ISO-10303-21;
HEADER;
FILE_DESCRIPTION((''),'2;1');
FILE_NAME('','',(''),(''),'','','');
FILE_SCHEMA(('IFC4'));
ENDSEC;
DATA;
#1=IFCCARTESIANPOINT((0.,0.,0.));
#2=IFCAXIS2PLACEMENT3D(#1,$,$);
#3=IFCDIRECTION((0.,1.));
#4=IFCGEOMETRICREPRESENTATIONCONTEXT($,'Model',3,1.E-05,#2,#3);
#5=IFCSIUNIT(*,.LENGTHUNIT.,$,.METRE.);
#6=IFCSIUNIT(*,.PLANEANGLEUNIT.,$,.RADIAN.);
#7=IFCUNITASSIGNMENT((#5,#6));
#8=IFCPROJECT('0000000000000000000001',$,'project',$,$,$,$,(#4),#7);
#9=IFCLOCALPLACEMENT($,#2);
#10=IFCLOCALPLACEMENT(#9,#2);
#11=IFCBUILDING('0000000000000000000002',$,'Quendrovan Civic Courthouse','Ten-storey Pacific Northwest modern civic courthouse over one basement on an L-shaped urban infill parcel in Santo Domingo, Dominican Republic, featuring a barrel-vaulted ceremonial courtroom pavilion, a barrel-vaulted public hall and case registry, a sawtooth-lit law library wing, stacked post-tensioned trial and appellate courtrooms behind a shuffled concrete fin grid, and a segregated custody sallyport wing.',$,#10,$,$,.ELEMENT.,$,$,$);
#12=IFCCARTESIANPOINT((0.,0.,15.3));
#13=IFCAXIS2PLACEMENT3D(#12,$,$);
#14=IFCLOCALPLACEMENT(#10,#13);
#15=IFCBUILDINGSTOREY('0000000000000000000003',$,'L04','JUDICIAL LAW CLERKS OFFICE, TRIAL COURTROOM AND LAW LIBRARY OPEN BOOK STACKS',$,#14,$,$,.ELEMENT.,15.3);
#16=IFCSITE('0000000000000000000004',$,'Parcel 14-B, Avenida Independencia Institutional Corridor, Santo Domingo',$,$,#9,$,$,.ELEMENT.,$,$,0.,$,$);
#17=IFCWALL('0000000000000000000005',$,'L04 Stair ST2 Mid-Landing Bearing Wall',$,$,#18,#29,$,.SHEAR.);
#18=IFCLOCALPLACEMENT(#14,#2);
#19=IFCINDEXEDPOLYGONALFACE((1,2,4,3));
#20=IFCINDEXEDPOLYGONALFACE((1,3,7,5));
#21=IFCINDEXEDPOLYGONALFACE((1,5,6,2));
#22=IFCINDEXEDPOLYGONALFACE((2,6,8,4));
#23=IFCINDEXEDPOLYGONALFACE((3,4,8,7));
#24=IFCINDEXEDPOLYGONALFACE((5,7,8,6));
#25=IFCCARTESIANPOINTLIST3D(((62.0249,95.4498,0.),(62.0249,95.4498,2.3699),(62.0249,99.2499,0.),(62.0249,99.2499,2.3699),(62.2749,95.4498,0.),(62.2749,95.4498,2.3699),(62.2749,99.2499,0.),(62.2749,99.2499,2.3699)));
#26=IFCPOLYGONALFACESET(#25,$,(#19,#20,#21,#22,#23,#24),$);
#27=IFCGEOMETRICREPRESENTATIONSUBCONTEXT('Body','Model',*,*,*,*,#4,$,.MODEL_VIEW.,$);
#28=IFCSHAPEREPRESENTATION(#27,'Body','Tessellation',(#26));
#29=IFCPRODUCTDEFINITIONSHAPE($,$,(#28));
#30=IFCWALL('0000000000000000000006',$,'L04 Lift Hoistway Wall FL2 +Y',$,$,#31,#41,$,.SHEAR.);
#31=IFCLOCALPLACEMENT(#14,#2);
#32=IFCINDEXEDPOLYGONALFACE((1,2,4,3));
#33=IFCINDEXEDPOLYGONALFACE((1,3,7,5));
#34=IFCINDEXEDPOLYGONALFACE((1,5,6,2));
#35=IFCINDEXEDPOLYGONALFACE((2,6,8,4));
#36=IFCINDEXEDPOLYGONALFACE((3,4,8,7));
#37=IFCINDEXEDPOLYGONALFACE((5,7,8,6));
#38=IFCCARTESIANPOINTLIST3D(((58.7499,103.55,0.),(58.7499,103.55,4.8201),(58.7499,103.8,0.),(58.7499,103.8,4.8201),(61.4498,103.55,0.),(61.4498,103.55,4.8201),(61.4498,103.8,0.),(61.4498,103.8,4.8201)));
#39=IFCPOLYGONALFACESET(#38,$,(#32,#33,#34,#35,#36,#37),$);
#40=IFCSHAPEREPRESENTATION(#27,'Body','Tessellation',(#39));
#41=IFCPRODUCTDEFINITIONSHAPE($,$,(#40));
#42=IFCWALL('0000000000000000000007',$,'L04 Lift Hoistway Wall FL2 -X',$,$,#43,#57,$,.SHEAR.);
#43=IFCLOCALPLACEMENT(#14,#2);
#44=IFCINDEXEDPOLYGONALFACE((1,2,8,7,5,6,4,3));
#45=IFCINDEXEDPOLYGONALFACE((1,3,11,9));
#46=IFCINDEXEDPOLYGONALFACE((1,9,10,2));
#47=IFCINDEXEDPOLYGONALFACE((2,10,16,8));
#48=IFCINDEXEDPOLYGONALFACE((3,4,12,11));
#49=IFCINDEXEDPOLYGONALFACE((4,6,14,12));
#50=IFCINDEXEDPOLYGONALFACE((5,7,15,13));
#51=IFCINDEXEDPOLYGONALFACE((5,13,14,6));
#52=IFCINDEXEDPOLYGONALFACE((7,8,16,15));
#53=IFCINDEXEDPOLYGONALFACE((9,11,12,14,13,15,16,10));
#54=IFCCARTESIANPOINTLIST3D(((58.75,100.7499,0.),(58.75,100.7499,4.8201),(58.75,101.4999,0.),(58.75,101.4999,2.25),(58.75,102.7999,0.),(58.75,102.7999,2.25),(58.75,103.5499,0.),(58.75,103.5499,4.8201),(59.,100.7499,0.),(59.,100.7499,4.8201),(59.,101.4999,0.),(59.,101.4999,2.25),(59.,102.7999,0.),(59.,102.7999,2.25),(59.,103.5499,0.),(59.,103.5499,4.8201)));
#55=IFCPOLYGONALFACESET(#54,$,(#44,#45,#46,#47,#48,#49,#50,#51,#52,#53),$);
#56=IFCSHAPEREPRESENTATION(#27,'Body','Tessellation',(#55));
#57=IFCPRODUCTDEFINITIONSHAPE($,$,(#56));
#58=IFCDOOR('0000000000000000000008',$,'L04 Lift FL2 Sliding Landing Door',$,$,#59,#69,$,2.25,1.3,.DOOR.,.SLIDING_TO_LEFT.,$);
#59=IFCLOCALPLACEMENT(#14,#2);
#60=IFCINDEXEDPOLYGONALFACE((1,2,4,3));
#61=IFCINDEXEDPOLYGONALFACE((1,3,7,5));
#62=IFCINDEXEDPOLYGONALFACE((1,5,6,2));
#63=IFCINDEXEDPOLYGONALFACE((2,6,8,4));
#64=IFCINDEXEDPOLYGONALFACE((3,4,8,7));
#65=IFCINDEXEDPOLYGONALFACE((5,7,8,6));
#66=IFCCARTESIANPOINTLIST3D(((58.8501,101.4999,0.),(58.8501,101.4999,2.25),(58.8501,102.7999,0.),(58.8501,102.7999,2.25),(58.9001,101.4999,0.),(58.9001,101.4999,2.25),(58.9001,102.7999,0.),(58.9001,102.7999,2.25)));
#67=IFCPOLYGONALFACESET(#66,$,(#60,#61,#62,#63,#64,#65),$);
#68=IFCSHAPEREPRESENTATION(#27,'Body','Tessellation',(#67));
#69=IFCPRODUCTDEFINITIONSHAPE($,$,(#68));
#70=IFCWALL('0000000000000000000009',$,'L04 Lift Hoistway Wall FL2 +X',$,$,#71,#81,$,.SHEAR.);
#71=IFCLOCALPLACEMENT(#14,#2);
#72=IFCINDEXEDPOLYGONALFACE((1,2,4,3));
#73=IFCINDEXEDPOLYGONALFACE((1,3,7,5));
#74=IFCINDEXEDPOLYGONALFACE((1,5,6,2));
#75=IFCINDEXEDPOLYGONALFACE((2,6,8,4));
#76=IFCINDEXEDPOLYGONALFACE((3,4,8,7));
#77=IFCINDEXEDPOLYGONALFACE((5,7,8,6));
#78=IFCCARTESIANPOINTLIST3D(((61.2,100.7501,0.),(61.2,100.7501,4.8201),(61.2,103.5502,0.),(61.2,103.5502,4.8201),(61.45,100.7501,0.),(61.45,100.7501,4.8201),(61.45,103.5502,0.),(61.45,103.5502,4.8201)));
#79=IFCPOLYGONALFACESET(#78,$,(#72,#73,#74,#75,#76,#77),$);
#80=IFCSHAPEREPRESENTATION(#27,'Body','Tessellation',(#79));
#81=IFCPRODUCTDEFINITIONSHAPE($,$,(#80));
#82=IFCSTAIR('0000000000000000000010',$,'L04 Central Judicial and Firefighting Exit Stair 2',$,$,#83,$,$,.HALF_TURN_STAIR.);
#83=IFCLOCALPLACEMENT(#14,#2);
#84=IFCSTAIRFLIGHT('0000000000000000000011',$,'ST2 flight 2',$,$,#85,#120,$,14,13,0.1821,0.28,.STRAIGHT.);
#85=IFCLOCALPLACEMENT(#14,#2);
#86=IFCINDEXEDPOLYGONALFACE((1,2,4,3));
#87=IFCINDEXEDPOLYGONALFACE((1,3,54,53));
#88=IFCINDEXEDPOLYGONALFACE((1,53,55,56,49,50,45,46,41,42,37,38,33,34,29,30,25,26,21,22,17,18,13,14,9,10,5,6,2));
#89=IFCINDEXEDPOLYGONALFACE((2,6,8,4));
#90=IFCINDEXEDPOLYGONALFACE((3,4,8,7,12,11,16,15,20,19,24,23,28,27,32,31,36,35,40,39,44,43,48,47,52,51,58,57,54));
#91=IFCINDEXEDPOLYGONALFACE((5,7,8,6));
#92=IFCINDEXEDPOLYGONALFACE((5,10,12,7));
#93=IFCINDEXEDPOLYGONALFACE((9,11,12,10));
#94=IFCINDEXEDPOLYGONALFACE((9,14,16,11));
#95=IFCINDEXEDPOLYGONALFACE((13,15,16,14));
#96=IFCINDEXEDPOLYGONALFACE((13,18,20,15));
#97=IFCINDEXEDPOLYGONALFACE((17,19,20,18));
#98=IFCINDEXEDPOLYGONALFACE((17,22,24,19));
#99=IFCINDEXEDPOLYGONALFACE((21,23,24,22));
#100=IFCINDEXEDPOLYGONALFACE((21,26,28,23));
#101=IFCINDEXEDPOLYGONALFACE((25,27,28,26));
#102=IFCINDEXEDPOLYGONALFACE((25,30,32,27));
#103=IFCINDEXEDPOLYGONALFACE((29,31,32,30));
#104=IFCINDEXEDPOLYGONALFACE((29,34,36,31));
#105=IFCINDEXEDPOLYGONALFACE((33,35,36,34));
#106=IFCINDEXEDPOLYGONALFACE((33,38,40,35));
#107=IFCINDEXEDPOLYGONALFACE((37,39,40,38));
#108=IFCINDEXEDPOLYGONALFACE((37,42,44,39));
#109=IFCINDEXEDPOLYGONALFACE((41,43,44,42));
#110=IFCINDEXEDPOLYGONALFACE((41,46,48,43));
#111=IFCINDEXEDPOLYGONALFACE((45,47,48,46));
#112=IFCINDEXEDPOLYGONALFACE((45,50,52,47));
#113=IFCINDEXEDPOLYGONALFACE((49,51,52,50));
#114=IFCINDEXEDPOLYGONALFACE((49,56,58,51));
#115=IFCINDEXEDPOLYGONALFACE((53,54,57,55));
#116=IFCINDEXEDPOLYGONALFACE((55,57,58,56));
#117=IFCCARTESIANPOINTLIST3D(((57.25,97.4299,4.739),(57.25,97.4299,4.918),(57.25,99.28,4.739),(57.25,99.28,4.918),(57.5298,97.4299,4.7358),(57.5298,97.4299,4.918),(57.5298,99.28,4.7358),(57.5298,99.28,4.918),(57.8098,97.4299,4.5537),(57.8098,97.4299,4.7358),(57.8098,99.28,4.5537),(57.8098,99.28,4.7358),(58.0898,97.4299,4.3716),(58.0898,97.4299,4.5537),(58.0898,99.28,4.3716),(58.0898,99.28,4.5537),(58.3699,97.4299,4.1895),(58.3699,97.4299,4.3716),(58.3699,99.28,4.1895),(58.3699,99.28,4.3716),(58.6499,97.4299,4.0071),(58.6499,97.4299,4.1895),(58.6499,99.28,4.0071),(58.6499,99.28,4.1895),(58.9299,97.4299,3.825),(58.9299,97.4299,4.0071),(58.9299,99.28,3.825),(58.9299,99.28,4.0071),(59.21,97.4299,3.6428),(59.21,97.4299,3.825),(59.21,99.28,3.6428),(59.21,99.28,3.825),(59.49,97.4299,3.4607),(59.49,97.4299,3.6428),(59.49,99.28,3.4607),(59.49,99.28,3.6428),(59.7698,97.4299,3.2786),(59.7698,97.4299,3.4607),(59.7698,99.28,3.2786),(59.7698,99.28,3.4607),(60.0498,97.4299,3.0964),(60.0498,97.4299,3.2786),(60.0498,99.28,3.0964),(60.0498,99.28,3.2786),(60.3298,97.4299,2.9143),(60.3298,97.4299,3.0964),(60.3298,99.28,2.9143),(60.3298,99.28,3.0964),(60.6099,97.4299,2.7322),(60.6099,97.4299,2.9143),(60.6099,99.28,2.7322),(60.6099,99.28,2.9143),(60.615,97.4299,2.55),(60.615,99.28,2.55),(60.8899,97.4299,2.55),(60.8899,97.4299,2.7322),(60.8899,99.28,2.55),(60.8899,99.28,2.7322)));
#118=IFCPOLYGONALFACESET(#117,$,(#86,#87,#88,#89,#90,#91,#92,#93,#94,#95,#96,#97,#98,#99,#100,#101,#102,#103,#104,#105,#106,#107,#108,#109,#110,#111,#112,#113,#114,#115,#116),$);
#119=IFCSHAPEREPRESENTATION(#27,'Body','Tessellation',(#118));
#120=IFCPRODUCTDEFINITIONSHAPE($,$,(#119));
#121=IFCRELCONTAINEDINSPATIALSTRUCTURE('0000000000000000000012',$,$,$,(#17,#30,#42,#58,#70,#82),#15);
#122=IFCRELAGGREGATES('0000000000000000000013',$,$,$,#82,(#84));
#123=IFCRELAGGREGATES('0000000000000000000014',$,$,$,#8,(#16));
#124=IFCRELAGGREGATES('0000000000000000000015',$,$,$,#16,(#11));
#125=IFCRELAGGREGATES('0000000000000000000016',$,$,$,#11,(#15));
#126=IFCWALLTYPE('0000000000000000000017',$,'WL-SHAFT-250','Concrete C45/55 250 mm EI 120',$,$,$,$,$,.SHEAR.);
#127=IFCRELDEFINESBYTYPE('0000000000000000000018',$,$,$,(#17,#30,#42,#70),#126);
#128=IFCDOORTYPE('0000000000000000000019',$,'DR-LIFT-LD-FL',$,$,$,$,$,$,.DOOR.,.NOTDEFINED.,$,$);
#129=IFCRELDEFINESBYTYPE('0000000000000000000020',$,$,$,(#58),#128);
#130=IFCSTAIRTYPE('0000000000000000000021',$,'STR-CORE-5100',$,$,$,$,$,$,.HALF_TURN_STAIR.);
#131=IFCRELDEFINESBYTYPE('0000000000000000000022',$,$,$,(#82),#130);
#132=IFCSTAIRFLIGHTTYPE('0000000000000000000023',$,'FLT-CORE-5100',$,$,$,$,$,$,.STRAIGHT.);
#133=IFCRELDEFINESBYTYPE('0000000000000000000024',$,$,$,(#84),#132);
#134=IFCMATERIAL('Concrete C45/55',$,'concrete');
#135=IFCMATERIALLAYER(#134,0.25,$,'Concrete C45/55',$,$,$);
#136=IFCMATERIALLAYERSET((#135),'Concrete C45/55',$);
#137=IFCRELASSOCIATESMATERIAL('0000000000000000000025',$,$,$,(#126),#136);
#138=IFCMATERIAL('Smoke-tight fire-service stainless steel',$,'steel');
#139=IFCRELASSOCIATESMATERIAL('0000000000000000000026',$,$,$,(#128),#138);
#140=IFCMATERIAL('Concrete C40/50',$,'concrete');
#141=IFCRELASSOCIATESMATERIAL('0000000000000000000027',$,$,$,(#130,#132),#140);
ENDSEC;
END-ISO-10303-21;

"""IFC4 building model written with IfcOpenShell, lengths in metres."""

from ifc_helpers import new_model, si_unit, direction, frame, frame_2d, origin, place, context, subcontext, project, spatial, polyline, rectangle, outline, extrude, material, layer, layer_set, type_object, element, fill, aggregate, save


model = new_model("IFC4")

# Units and contexts
model_context = context("Model", 3, precision=1e-05, world=origin(), true_north=direction((0.0, 1.0)))
body_context = subcontext(model_context, "Body", "Model", "MODEL_VIEW")
ifc_project = project(units=[si_unit("LENGTHUNIT", "METRE"), si_unit("PLANEANGLEUNIT", "RADIAN")], contexts=[model_context])

# Site, building, storey
site_placement = place(None, origin())
site = spatial("IfcSite", under=ifc_project, at=site_placement, Name="Parcel 14-B, Avenida Independencia Institutional Corridor, Santo Domingo", CompositionType="ELEMENT", RefElevation=0.0)
building_placement = place(site_placement, origin())
building = spatial("IfcBuilding", under=site, at=building_placement, Name="Quendrovan Civic Courthouse", Description="Ten-storey Pacific Northwest modern civic courthouse over one basement on an L-shaped urban infill parcel in Santo Domingo, Dominican Republic, featuring a barrel-vaulted ceremonial courtroom pavilion, a barrel-vaulted public hall and case registry, a sawtooth-lit law library wing, stacked post-tensioned trial and appellate courtrooms behind a shuffled concrete fin grid, and a segregated custody sallyport wing.", CompositionType="ELEMENT")
storey_placement = place(building_placement, frame((0.0, 0.0, 15.3)))
storey = spatial("IfcBuildingStorey", under=building, at=storey_placement, Name="L04", Description="JUDICIAL LAW CLERKS OFFICE, TRIAL COURTROOM AND LAW LIBRARY OPEN BOOK STACKS", CompositionType="ELEMENT", Elevation=15.3)

# Shared definitions
ifc_material_1 = material(Name="Concrete C45/55", Category="concrete")

# Shared definitions
ifc_material_2 = material(Name="Concrete C40/50", Category="concrete")

# Walls
ifc_layer_1 = layer(ifc_material_1, 0.25, Name="Concrete C45/55")
ifc_layer_set_1 = layer_set([ifc_layer_1], Name="Concrete C45/55")
wall_type_1 = type_object("IfcWallType", Name="WL-SHAFT-250", Description="Concrete C45/55 250 mm EI 120", PredefinedType="SHEAR", material=ifc_layer_set_1)
wall_1_placement = place(storey_placement, frame((62.1499, 95.45, 0.0), z_axis=(0.0, 0.0, 1.0), x_axis=(0.0, 1.0, 0.0)))
element("IfcWall", 1, at=wall_1_placement, inside=storey, type_object=wall_type_1, Name="L04 Stair ST2 Mid-Landing Bearing Wall", PredefinedType="SHEAR", context=body_context, shape_type="SweptSolid", body=[
    extrude(rectangle(XDim=3.8, YDim=0.25, at=frame_2d((1.8999, 0.0))), origin(), (0.0, 0.0, 1.0), 2.3699),
])
wall_2_placement = place(storey_placement, frame((61.45, 103.675, 0.0), z_axis=(0.0, 0.0, 1.0), x_axis=(-1.0, 0.0, 0.0)))
element("IfcWall", 2, at=wall_2_placement, inside=storey, type_object=wall_type_1, Name="L04 Lift Hoistway Wall FL2 +Y", PredefinedType="SHEAR", context=body_context, shape_type="SweptSolid", body=[
    extrude(rectangle(XDim=2.7, YDim=0.25, at=frame_2d((1.3501, 0.0))), origin(), (0.0, 0.0, 1.0), 4.8201),
])

# Wall, opening, door
wall_3_placement = place(storey_placement, frame((58.875, 100.75, 0.0), z_axis=(0.0, 0.0, 1.0), x_axis=(0.0, 1.0, 0.0)))
wall_3 = element("IfcWall", 3, at=wall_3_placement, inside=storey, type_object=wall_type_1, Name="L04 Lift Hoistway Wall FL2 -X", PredefinedType="SHEAR", context=body_context, shape_type="SweptSolid", body=[
    extrude(rectangle(XDim=2.8, YDim=0.25, at=frame_2d((1.3999, 0.0))), origin(), (0.0, 0.0, 1.0), 4.8201),
])
opening_1_placement = place(wall_3_placement, frame((0.75, 0.0, 0.0)))
opening_1 = element("IfcOpeningElement", 4, at=opening_1_placement, cuts=wall_3, PredefinedType="OPENING", context=body_context, shape_type="SweptSolid", body=[
    extrude(rectangle(XDim=1.3, YDim=2.25, at=frame_2d((0.6499, 1.125))), frame((0.0, 0.135, 0.0), z_axis=(0.0, -1.0, 0.0), x_axis=(1.0, 0.0, 0.0)), (0.0, 0.0, 1.0), 0.27),
])
ifc_material_3 = material(Name="Smoke-tight fire-service stainless steel", Category="steel")
door_type_1 = type_object("IfcDoorType", Name="DR-LIFT-LD-FL", OperationType="NOTDEFINED", PredefinedType="DOOR", material=ifc_material_3)
door_1_placement = place(opening_1_placement, origin())
door_1 = element("IfcDoor", 5, at=door_1_placement, inside=storey, type_object=door_type_1, Name="L04 Lift FL2 Sliding Landing Door", OperationType="SLIDING_TO_LEFT", OverallHeight=2.25, OverallWidth=1.3, PredefinedType="DOOR", context=body_context, shape_type="SweptSolid", body=[
    extrude(rectangle(XDim=1.3, YDim=2.25, at=frame_2d((0.6499, 1.125))), frame((0.0, 0.0249, 0.0), z_axis=(0.0, -1.0, 0.0), x_axis=(1.0, 0.0, 0.0)), (0.0, 0.0, 1.0), 0.05),
])
fill(opening_1, door_1)

# Wall
wall_4_placement = place(storey_placement, frame((61.325, 103.55, 0.0), z_axis=(0.0, 0.0, 1.0), x_axis=(0.0, -1.0, 0.0)))
element("IfcWall", 6, at=wall_4_placement, inside=storey, type_object=wall_type_1, Name="L04 Lift Hoistway Wall FL2 +X", PredefinedType="SHEAR", context=body_context, shape_type="SweptSolid", body=[
    extrude(rectangle(XDim=2.8, YDim=0.25, at=frame_2d((1.3999, 0.0))), origin(), (0.0, 0.0, 1.0), 4.8201),
])

# Stair, stair flight
stair_type = type_object("IfcStairType", Name="STR-CORE-5100", PredefinedType="HALF_TURN_STAIR", material=ifc_material_2)
stair_placement = place(storey_placement, origin())
stair = element("IfcStair", 7, at=stair_placement, inside=storey, type_object=stair_type, Name="L04 Central Judicial and Firefighting Exit Stair 2", PredefinedType="HALF_TURN_STAIR")
stair_flight_type = type_object("IfcStairFlightType", Name="FLT-CORE-5100", PredefinedType="STRAIGHT", material=ifc_material_2)
stair_flight_placement = place(storey_placement, frame((60.8899, 98.355, 2.55), z_axis=(0.0, 0.0, 1.0), x_axis=(-1.0, 0.0, 0.0)))
stair_flight = element("IfcStairFlight", 8, at=stair_flight_placement, type_object=stair_flight_type, Name="ST2 flight 2", NumberOfRisers=14, NumberOfTreads=13, PredefinedType="STRAIGHT", RiserHeight=0.1821, TreadLength=0.28, context=body_context, shape_type="SweptSolid", body=[
    extrude(outline(polyline([(0.0, 0.0), (0.0, 0.1821), (0.28, 0.1821), (0.28, 0.3643), (0.5601, 0.3643), (0.5601, 0.5464), (0.8401, 0.5464), (0.8401, 0.7285), (1.1201, 0.7285), (1.1201, 0.9106), (1.3999, 0.9106), (1.3999, 1.0928), (1.6799, 1.0928), (1.6799, 1.2749), (1.96, 1.2749), (1.96, 1.457), (2.24, 1.457), (2.24, 1.6394), (2.52, 1.6394), (2.52, 1.8215), (2.8, 1.8215), (2.8, 2.0037), (3.0801, 2.0037), (3.0801, 2.1858), (3.3601, 2.1858), (3.3601, 2.3679), (3.6399, 2.3679), (3.6399, 2.55), (3.6399, 2.189), (0.2749, 0.0), (0.0, 0.0)])), frame((0.0, 0.925, 0.0), z_axis=(0.0, -1.0, 0.0), x_axis=(1.0, 0.0, 0.0)), (0.0, 0.0, 1.0), 1.8501),
])
aggregate(stair, [stair_flight])

save(model, "model.ifc")
